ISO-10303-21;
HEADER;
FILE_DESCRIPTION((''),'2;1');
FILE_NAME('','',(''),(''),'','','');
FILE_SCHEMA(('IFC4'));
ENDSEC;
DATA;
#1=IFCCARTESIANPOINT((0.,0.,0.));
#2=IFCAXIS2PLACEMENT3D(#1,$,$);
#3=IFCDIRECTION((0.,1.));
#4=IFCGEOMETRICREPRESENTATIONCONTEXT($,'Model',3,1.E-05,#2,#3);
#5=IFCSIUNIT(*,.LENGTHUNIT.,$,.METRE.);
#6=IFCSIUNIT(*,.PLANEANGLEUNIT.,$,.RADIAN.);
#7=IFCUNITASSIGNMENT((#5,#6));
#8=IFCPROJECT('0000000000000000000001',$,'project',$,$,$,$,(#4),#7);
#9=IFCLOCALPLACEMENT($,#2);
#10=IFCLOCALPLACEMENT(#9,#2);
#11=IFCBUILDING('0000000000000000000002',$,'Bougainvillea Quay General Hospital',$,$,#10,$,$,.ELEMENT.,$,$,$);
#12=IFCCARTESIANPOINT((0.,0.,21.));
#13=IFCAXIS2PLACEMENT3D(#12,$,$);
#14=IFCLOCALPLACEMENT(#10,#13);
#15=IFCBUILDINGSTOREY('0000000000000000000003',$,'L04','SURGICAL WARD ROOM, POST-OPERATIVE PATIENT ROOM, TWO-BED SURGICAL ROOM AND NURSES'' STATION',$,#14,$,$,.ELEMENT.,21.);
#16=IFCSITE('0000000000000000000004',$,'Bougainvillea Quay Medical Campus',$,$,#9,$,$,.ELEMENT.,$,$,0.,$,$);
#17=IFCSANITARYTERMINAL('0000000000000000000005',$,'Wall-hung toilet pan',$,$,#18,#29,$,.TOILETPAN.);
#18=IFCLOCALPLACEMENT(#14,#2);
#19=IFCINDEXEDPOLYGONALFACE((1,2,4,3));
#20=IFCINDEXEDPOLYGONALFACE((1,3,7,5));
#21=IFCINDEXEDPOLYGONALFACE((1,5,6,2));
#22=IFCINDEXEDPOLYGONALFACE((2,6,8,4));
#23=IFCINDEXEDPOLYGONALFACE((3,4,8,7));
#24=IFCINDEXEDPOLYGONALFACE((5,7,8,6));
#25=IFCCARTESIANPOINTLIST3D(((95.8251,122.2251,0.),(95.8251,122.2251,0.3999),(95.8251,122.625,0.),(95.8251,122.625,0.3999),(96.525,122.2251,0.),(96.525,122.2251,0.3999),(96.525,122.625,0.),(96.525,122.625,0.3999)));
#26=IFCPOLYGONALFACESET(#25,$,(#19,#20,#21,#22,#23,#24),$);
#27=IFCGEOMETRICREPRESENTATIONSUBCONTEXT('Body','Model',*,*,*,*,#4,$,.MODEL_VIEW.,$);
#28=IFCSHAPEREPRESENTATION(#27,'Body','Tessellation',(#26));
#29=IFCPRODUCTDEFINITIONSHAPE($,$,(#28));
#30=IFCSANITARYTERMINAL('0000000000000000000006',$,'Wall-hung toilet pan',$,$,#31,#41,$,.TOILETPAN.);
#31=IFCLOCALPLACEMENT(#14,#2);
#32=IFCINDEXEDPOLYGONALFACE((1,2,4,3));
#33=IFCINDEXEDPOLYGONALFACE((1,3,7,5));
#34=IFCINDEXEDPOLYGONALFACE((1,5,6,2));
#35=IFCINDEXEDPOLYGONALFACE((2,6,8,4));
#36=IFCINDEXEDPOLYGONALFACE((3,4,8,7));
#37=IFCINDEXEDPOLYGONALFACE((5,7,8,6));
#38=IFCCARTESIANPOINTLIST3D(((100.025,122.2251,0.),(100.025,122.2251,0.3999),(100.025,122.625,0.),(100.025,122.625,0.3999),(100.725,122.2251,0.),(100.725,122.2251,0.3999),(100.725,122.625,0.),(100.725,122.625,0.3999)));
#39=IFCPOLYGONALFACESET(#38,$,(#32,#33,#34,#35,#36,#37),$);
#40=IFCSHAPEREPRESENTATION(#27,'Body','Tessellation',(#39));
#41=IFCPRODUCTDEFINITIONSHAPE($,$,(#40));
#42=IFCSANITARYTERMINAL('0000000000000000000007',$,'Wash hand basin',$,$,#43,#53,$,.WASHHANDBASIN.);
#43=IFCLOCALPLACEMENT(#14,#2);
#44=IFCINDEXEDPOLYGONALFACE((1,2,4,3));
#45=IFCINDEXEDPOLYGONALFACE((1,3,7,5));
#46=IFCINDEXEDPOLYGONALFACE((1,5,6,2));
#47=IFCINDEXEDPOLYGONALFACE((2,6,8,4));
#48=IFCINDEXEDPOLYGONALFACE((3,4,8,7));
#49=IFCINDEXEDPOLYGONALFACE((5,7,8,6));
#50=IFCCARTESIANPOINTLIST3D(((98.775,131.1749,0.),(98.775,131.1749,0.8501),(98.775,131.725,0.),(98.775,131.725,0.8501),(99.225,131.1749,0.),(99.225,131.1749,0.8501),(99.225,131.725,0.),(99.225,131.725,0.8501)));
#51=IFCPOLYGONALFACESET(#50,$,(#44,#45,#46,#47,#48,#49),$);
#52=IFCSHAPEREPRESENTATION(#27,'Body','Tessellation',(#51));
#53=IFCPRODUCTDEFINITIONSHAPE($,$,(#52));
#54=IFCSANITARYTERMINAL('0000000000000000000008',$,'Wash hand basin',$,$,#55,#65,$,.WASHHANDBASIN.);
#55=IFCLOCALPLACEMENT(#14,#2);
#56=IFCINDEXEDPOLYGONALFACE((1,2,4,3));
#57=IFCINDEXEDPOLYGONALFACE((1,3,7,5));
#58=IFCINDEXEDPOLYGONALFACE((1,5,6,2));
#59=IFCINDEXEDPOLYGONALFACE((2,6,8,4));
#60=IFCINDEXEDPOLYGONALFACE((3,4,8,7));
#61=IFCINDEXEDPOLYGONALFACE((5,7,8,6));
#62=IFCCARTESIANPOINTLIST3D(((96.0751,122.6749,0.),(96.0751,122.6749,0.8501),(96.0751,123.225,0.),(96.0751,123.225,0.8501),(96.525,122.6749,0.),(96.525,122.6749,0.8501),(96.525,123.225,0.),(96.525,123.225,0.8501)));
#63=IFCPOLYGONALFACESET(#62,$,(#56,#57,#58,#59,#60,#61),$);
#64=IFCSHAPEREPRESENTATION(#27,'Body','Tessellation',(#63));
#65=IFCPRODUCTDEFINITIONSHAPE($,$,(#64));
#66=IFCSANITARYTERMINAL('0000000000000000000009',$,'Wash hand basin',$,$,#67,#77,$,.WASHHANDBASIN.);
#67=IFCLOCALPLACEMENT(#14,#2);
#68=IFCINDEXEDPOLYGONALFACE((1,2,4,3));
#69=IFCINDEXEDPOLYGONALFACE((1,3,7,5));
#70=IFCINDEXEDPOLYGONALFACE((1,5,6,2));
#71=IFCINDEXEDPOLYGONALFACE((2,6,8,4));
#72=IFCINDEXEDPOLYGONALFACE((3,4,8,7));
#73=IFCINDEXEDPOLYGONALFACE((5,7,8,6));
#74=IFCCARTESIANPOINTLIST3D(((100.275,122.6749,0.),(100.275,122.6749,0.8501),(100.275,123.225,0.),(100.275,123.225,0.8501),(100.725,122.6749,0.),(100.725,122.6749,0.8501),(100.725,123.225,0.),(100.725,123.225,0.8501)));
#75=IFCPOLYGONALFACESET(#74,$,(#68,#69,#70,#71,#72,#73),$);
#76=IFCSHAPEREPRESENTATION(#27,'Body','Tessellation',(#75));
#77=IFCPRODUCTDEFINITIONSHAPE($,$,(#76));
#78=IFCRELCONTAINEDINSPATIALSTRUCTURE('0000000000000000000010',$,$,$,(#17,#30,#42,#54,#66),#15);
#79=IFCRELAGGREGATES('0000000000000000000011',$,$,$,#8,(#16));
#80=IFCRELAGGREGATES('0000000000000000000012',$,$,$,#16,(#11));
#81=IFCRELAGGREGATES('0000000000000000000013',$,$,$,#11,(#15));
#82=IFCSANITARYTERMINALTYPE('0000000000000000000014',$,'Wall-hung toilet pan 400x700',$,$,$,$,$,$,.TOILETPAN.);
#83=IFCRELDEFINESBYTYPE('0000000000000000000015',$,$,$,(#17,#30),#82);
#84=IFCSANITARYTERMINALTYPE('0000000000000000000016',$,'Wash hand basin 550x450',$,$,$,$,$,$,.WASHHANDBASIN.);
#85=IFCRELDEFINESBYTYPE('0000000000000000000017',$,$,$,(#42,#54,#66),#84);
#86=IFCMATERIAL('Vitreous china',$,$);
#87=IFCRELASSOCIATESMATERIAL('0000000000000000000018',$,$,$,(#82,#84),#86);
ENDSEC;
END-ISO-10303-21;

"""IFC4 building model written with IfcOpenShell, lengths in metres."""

from ifc_helpers import new_model, si_unit, direction, frame, origin, origin_2d, place, context, subcontext, project, spatial, rectangle, extrude, material, type_object, element, save


model = new_model("IFC4")

# Units and contexts
model_context = context("Model", 3, precision=1e-05, world=origin(), true_north=direction((0.0, 1.0)))
body_context = subcontext(model_context, "Body", "Model", "MODEL_VIEW")
ifc_project = project(units=[si_unit("LENGTHUNIT", "METRE"), si_unit("PLANEANGLEUNIT", "RADIAN")], contexts=[model_context])

# Site, building, storey
site_placement = place(None, origin())
site = spatial("IfcSite", under=ifc_project, at=site_placement, Name="Bougainvillea Quay Medical Campus", CompositionType="ELEMENT", RefElevation=0.0)
building_placement = place(site_placement, origin())
building = spatial("IfcBuilding", under=site, at=building_placement, Name="Bougainvillea Quay General Hospital", CompositionType="ELEMENT")
storey_placement = place(building_placement, frame((0.0, 0.0, 21.0)))
storey = spatial("IfcBuildingStorey", under=building, at=storey_placement, Name="L04", Description="SURGICAL WARD ROOM, POST-OPERATIVE PATIENT ROOM, TWO-BED SURGICAL ROOM AND NURSES' STATION", CompositionType="ELEMENT", Elevation=21.0)

# Sanitary terminals
ifc_material_1 = material(Name="Vitreous china")
sanitary_terminal_type_1 = type_object("IfcSanitaryTerminalType", Name="Wall-hung toilet pan 400x700", PredefinedType="TOILETPAN", material=ifc_material_1)
for number, where, z_axis, x_axis, name in (
    (1, (96.175, 122.425, 0.0), (0.0, 0.0, 1.0), (0.0, -1.0, 0.0), "Wall-hung toilet pan"),
    (2, (100.375, 122.425, 0.0), (0.0, 0.0, 1.0), (0.0, -1.0, 0.0), "Wall-hung toilet pan"),
):
    element("IfcSanitaryTerminal", number, at=place(storey_placement, frame(where, z_axis=z_axis, x_axis=x_axis)), inside=storey, type_object=sanitary_terminal_type_1, Name=name, PredefinedType="TOILETPAN", context=body_context, shape_type="SweptSolid", body=[
        extrude(rectangle(XDim=0.3999, YDim=0.7, at=origin_2d()), origin(), (0.0, 0.0, 1.0), 0.3999),
    ])
sanitary_terminal_type_2 = type_object("IfcSanitaryTerminalType", Name="Wash hand basin 550x450", PredefinedType="WASHHANDBASIN", material=ifc_material_1)
for number, where, z_axis, x_axis, name in (
    (3, (99.0, 131.45, 0.0), (0.0, 0.0, 1.0), (0.0, 1.0, 0.0), "Wash hand basin"),
    (4, (96.3, 122.95, 0.0), (0.0, 0.0, 1.0), (0.0, -1.0, 0.0), "Wash hand basin"),
    (5, (100.5, 122.95, 0.0), (0.0, 0.0, 1.0), (0.0, -1.0, 0.0), "Wash hand basin"),
):
    element("IfcSanitaryTerminal", number, at=place(storey_placement, frame(where, z_axis=z_axis, x_axis=x_axis)), inside=storey, type_object=sanitary_terminal_type_2, Name=name, PredefinedType="WASHHANDBASIN", context=body_context, shape_type="SweptSolid", body=[
        extrude(rectangle(XDim=0.55, YDim=0.45, at=origin_2d()), origin(), (0.0, 0.0, 1.0), 0.8501),
    ])

save(model, "model.ifc")
